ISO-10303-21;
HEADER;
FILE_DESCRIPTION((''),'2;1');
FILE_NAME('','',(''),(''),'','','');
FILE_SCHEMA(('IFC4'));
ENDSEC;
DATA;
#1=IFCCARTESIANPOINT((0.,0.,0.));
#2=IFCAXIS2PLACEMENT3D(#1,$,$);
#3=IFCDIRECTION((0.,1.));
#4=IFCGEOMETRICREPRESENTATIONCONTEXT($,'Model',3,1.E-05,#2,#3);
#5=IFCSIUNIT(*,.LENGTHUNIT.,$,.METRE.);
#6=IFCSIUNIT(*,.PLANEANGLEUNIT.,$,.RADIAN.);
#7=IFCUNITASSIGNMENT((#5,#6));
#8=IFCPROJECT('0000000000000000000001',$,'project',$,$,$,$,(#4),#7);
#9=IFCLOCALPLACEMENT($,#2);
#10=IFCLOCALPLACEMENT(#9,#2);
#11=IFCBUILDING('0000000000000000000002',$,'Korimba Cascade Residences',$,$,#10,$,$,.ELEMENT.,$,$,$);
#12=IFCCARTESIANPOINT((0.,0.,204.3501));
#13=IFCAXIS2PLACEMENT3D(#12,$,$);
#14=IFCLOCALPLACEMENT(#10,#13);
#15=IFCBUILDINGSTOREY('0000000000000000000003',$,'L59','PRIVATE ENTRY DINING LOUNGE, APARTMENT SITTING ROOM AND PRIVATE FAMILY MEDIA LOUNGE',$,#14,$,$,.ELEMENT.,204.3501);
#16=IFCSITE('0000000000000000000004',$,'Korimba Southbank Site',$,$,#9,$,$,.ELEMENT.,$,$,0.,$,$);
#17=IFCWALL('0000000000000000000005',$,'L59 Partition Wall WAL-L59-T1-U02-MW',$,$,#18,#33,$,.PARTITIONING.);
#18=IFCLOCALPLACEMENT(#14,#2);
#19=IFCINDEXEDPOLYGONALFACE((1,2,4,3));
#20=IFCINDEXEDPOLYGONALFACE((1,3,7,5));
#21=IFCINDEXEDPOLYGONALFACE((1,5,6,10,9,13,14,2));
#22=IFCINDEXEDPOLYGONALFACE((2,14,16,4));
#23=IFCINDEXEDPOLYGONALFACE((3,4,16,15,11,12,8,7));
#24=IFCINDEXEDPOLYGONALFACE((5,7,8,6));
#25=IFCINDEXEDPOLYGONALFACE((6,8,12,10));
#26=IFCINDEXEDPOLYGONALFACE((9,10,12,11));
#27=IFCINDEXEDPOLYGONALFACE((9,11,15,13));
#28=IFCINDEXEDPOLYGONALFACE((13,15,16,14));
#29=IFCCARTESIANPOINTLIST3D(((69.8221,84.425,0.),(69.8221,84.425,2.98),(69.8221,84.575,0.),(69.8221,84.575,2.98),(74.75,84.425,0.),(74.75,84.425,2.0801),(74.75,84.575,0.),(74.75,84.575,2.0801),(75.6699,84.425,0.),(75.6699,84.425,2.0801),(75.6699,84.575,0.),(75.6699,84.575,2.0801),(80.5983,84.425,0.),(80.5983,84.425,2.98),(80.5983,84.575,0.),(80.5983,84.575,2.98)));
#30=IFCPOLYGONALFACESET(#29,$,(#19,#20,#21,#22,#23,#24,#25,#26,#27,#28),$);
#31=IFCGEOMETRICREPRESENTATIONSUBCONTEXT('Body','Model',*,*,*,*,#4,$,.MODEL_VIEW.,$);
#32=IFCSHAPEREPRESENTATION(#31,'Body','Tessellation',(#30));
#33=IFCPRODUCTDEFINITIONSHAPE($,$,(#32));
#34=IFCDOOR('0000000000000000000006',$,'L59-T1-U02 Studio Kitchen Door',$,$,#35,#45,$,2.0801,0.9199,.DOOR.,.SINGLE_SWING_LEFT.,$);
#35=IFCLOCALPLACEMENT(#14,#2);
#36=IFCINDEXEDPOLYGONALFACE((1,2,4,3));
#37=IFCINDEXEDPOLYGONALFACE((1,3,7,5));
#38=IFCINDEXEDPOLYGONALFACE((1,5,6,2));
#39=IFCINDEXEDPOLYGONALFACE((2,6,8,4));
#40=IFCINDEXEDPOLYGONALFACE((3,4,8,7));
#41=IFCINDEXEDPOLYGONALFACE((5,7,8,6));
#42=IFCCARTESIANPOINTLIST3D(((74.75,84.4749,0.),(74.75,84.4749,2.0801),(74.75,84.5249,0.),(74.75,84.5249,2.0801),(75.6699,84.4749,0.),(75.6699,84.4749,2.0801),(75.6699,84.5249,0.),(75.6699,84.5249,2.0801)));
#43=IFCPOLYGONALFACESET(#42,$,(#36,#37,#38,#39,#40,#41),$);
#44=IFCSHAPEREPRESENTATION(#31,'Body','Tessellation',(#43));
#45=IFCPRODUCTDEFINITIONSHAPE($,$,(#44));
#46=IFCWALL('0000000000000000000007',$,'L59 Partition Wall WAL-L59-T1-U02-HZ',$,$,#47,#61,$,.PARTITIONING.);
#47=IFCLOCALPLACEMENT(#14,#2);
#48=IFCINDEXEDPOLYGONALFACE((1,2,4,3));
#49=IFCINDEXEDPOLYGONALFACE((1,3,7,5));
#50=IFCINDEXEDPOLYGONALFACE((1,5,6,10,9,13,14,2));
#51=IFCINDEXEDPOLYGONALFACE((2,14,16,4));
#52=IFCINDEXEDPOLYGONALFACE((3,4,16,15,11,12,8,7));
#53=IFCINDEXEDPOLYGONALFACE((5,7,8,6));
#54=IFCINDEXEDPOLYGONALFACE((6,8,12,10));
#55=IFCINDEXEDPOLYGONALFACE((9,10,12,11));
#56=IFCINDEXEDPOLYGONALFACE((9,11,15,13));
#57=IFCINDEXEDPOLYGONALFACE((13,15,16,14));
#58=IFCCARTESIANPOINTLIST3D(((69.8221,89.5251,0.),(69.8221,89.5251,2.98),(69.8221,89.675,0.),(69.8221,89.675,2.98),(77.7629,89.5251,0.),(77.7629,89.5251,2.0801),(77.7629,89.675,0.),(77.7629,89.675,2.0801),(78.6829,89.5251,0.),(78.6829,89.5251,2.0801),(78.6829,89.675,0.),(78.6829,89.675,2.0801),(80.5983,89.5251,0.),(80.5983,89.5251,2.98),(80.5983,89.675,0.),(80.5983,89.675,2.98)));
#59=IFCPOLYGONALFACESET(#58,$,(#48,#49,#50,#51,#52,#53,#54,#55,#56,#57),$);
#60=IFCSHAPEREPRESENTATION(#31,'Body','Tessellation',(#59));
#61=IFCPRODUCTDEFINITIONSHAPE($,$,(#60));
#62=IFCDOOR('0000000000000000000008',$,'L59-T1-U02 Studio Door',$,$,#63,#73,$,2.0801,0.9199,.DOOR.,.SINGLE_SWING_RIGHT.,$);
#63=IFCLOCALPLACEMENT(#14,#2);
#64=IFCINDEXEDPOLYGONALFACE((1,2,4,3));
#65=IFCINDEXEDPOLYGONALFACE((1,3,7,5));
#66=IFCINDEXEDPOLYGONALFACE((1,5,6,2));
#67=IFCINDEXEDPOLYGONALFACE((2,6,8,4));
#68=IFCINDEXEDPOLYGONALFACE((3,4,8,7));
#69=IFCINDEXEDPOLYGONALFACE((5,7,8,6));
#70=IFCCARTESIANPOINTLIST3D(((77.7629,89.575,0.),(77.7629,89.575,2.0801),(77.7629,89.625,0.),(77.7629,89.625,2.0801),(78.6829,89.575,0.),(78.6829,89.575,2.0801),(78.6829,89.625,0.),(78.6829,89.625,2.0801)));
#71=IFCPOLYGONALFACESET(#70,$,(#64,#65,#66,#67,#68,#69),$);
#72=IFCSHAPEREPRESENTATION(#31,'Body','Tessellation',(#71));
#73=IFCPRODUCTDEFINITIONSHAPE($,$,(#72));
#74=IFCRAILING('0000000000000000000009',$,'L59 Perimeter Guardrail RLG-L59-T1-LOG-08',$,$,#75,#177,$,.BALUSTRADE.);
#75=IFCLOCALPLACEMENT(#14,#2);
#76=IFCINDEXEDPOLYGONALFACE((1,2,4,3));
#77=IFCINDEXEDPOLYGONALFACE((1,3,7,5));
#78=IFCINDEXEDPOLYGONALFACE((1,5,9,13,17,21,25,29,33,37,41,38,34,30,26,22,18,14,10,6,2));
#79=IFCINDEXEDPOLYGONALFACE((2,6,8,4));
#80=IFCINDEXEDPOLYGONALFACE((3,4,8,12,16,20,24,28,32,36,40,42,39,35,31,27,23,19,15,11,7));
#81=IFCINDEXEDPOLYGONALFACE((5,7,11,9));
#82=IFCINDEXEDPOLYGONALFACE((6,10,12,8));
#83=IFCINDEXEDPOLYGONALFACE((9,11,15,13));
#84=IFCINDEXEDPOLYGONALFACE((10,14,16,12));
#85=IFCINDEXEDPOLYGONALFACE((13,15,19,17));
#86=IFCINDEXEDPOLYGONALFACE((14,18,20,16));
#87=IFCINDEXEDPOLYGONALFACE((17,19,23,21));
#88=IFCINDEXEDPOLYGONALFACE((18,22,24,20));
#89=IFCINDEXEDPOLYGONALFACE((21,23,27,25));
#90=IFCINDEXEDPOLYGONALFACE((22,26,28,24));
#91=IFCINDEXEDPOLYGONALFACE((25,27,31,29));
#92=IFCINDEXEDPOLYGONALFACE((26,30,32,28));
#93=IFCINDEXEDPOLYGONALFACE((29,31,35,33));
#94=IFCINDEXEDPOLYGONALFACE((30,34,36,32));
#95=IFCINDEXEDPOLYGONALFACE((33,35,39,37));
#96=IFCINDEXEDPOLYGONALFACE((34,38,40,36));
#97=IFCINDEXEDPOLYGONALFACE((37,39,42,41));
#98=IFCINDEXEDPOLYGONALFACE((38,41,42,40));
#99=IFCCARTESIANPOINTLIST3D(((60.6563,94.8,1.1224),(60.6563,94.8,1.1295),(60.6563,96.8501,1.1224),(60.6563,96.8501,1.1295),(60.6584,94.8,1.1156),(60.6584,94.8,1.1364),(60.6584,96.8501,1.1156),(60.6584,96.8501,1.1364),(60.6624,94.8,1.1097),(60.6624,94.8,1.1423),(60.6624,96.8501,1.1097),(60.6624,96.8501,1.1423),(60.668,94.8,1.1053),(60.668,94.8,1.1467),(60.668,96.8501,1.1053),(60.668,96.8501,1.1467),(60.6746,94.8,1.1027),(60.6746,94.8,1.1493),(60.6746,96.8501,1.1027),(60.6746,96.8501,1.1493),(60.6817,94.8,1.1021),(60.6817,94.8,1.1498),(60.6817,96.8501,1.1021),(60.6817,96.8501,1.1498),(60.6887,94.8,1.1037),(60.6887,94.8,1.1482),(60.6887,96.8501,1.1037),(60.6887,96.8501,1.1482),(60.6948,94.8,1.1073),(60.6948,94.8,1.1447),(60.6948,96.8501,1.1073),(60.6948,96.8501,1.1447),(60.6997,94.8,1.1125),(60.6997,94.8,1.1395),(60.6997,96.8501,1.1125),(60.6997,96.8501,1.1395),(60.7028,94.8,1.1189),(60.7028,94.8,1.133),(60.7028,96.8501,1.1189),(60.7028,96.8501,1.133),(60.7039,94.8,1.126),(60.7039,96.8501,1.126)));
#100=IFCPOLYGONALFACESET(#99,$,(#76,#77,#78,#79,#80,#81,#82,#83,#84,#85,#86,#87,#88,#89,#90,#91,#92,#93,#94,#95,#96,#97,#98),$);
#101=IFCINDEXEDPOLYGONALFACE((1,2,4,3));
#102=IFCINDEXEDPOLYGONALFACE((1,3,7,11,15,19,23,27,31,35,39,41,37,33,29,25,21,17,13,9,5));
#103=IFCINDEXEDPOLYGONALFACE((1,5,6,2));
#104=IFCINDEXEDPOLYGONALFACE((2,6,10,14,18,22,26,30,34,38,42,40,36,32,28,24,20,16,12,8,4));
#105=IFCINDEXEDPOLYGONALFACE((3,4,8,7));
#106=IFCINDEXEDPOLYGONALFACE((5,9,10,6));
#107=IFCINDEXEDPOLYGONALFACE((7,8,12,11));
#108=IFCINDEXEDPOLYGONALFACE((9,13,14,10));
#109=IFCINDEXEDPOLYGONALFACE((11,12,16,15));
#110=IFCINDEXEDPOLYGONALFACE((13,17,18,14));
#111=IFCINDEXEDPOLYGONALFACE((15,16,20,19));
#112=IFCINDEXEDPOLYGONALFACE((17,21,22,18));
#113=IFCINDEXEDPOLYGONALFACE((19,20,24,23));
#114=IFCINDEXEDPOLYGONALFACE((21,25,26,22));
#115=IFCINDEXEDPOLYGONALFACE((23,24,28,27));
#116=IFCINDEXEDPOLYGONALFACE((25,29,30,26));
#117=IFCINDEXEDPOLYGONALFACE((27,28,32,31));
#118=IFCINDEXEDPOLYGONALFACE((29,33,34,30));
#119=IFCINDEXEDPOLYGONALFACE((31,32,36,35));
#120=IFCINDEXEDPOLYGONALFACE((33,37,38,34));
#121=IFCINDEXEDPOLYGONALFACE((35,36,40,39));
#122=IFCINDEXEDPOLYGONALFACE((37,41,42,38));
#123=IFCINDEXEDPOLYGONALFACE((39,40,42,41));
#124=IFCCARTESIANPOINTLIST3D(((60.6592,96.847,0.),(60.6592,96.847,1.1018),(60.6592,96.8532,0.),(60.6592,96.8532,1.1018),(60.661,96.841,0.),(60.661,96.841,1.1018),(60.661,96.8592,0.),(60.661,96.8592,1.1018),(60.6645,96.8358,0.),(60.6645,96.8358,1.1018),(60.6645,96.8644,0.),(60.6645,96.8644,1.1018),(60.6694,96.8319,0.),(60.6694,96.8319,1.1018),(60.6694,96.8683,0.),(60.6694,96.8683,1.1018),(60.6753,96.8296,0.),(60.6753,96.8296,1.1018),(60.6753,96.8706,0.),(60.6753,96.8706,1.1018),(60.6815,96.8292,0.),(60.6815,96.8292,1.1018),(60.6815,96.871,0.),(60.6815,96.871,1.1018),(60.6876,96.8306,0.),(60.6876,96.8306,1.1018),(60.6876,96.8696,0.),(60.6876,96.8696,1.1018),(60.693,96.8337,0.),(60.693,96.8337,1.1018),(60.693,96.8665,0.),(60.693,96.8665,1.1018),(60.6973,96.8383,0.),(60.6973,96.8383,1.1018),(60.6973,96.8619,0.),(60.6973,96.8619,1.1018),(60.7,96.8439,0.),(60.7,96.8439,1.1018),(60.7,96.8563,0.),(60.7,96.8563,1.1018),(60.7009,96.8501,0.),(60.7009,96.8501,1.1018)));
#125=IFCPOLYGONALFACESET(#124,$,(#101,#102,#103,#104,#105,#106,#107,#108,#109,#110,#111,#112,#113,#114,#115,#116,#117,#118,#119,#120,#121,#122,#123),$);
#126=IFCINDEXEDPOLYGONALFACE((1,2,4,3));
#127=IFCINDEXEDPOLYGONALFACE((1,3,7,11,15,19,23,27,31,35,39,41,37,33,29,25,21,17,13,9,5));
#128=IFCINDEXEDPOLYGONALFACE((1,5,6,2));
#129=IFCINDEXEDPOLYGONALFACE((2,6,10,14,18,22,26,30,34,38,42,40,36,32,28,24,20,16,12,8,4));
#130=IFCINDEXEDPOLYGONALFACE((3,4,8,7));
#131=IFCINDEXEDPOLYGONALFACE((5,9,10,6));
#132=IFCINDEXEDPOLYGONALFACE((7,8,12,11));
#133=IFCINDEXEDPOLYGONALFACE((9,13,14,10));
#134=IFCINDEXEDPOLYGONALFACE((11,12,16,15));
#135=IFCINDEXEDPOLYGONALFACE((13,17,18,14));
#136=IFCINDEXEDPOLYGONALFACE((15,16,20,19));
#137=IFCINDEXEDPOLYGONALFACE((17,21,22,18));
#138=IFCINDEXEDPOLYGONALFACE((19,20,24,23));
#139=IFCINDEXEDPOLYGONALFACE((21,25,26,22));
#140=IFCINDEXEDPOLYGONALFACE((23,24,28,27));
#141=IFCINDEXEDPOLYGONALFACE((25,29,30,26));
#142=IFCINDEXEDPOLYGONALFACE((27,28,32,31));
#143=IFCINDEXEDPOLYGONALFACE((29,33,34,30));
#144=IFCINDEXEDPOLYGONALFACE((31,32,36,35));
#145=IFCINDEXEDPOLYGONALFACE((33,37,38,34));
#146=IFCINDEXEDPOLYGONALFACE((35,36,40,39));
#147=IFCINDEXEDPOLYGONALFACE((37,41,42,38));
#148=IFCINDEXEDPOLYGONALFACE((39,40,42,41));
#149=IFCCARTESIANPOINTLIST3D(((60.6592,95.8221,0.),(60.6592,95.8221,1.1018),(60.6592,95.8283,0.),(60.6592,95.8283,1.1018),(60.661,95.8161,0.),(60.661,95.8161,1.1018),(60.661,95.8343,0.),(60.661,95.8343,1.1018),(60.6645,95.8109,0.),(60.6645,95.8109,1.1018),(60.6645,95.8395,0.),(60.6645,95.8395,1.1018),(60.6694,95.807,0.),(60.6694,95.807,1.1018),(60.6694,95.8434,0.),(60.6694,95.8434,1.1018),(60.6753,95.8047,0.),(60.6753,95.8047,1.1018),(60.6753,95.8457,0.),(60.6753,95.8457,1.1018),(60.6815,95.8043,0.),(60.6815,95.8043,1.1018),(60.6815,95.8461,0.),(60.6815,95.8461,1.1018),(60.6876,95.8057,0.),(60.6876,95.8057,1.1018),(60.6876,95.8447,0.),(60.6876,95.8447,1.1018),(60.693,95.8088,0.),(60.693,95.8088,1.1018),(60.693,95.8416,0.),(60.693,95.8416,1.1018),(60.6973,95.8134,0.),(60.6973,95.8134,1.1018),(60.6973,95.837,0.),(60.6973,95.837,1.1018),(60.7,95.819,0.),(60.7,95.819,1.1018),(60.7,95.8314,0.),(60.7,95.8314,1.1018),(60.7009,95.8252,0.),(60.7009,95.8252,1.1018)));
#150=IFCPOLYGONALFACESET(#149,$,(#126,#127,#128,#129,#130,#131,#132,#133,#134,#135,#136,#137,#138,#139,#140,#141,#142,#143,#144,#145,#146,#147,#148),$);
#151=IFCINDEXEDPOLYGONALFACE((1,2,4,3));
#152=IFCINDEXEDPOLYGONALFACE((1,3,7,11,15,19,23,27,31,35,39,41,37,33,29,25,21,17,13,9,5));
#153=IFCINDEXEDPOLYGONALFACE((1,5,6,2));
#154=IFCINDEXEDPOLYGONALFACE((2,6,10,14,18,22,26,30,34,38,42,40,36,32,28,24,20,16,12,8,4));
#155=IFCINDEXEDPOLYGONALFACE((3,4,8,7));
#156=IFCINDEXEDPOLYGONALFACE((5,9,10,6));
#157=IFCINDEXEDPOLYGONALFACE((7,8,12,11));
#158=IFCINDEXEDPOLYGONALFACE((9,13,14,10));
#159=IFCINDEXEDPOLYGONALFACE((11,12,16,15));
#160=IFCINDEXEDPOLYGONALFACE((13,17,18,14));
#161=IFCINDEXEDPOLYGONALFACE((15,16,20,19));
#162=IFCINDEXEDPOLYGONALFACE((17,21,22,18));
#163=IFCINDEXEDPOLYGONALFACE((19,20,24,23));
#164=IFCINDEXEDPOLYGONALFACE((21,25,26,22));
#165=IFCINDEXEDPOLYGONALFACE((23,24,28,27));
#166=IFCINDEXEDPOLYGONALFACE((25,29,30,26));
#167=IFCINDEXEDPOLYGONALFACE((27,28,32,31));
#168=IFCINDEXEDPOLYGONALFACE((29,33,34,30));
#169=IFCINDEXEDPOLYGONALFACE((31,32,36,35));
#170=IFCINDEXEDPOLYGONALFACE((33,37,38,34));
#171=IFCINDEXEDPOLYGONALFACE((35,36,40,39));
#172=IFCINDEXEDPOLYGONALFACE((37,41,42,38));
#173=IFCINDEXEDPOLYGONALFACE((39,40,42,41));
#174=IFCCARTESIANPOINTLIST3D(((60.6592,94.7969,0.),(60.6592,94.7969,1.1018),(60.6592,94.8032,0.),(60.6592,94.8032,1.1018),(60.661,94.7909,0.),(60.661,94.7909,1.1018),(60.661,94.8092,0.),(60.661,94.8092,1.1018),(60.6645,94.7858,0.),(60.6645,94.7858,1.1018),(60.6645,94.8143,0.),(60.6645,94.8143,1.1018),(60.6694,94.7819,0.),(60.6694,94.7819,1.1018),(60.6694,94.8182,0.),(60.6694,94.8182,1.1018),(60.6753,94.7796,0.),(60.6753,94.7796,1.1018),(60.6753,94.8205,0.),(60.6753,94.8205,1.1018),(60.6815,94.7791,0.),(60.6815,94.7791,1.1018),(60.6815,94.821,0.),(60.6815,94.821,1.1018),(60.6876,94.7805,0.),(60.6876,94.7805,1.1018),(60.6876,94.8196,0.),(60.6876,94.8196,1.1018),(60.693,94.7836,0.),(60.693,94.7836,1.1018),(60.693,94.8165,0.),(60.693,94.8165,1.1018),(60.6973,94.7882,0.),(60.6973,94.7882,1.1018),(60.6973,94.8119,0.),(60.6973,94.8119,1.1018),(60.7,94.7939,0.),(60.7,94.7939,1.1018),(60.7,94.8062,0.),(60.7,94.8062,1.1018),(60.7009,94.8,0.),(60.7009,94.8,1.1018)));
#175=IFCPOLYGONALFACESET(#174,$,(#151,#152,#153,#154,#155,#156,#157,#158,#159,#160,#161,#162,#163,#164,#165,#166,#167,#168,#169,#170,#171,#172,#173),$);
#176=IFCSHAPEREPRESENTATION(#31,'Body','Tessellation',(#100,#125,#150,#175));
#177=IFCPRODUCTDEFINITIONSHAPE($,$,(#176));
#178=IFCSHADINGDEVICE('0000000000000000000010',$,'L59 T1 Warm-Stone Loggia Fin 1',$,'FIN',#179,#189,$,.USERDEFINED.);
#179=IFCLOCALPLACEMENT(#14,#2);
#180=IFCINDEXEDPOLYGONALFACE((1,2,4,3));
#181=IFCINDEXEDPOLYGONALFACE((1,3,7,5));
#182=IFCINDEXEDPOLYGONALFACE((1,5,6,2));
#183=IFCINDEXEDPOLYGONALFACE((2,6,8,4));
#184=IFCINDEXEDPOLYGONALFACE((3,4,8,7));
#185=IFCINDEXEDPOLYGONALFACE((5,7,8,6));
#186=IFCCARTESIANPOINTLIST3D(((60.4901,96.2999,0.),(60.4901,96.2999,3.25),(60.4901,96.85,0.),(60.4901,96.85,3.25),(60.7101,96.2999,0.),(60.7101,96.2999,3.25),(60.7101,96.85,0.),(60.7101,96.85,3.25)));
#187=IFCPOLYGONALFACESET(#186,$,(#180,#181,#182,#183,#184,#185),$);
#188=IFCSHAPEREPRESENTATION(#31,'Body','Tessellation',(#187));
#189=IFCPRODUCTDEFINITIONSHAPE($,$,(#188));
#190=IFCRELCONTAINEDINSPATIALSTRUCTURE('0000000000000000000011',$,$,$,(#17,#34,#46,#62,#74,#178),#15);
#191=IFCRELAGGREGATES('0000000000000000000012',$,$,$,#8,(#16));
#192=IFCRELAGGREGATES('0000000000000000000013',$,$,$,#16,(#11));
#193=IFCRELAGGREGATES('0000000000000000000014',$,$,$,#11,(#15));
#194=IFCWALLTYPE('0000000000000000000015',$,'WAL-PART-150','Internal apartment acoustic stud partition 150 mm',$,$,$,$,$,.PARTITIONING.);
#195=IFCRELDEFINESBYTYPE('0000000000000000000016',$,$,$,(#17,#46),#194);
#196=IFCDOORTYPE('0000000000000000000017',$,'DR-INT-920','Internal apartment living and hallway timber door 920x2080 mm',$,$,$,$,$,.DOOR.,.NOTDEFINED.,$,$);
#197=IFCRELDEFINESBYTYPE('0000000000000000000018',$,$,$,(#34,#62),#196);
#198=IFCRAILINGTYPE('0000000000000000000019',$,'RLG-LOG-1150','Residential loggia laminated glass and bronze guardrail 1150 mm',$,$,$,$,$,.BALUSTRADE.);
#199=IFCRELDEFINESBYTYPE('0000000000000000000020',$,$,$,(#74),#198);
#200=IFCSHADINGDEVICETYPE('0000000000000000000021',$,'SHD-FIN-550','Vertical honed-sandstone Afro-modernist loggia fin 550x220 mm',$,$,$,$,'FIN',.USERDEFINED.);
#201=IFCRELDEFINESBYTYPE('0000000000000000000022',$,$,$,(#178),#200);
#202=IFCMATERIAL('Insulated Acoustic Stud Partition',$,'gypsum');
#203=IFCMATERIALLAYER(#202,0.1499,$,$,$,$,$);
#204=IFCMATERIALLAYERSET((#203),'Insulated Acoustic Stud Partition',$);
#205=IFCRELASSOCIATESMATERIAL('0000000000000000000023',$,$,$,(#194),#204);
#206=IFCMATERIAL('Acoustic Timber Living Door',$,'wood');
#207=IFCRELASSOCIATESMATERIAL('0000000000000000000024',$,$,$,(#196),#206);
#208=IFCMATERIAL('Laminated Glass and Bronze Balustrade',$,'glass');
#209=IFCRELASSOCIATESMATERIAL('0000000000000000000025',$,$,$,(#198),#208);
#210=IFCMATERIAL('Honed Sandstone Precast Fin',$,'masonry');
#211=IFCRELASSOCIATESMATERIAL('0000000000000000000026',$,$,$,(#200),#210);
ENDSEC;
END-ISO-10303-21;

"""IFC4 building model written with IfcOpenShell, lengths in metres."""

from ifc_helpers import new_model, si_unit, direction, frame, frame_2d, origin, origin_2d, place, context, subcontext, project, spatial, rectangle, circle, extrude, material, layer, layer_set, type_object, element, fill, save


model = new_model("IFC4")

# Units and contexts
model_context = context("Model", 3, precision=1e-05, world=origin(), true_north=direction((0.0, 1.0)))
body_context = subcontext(model_context, "Body", "Model", "MODEL_VIEW")
ifc_project = project(units=[si_unit("LENGTHUNIT", "METRE"), si_unit("PLANEANGLEUNIT", "RADIAN")], contexts=[model_context])

# Site, building, storey
site_placement = place(None, origin())
site = spatial("IfcSite", under=ifc_project, at=site_placement, Name="Korimba Southbank Site", CompositionType="ELEMENT", RefElevation=0.0)
building_placement = place(site_placement, origin())
building = spatial("IfcBuilding", under=site, at=building_placement, Name="Korimba Cascade Residences", CompositionType="ELEMENT")
storey_placement = place(building_placement, frame((0.0, 0.0, 204.3501)))
storey = spatial("IfcBuildingStorey", under=building, at=storey_placement, Name="L59", Description="PRIVATE ENTRY DINING LOUNGE, APARTMENT SITTING ROOM AND PRIVATE FAMILY MEDIA LOUNGE", CompositionType="ELEMENT", Elevation=204.3501)

# Walls, openings, doors
ifc_material_1 = material(Name="Insulated Acoustic Stud Partition", Category="gypsum")
ifc_layer_1 = layer(ifc_material_1, 0.1499)
ifc_layer_set_1 = layer_set([ifc_layer_1], Name="Insulated Acoustic Stud Partition")
wall_type_1 = type_object("IfcWallType", Name="WAL-PART-150", Description="Internal apartment acoustic stud partition 150 mm", PredefinedType="PARTITIONING", material=ifc_layer_set_1)
ifc_material_2 = material(Name="Acoustic Timber Living Door", Category="wood")
door_type_1 = type_object("IfcDoorType", Name="DR-INT-920", Description="Internal apartment living and hallway timber door 920x2080 mm", OperationType="NOTDEFINED", PredefinedType="DOOR", material=ifc_material_2)
wall_1_placement = place(storey_placement, frame((69.822, 84.5, 0.0), z_axis=(0.0, 0.0, 1.0), x_axis=(1.0, 0.0, 0.0)))
wall_1 = element("IfcWall", 1, at=wall_1_placement, inside=storey, type_object=wall_type_1, Name="L59 Partition Wall WAL-L59-T1-U02-MW", PredefinedType="PARTITIONING", context=body_context, shape_type="SweptSolid", body=[
    extrude(rectangle(XDim=10.7761, YDim=0.1499, at=frame_2d((5.3882, 0.0))), origin(), (0.0, 0.0, 1.0), 2.98),
])
opening_1_placement = place(wall_1_placement, frame((4.928, 0.0, 0.0)))
opening_1 = element("IfcOpeningElement", 2, at=opening_1_placement, cuts=wall_1, PredefinedType="OPENING", context=body_context, shape_type="SweptSolid", body=[
    extrude(rectangle(XDim=0.9199, YDim=2.0801, at=frame_2d((0.46, 1.04))), frame((0.0, 0.085, 0.0), z_axis=(0.0, -1.0, 0.0), x_axis=(1.0, 0.0, 0.0)), (0.0, 0.0, 1.0), 0.1699),
])
door_1_placement = place(opening_1_placement, origin())
door_1 = element("IfcDoor", 3, at=door_1_placement, inside=storey, type_object=door_type_1, Name="L59-T1-U02 Studio Kitchen Door", OperationType="SINGLE_SWING_LEFT", OverallHeight=2.0801, OverallWidth=0.9199, PredefinedType="DOOR", context=body_context, shape_type="SweptSolid", body=[
    extrude(rectangle(XDim=0.9199, YDim=2.0801, at=frame_2d((0.46, 1.04))), frame((0.0, 0.0249, 0.0), z_axis=(0.0, -1.0, 0.0), x_axis=(1.0, 0.0, 0.0)), (0.0, 0.0, 1.0), 0.05),
])
fill(opening_1, door_1)
wall_2_placement = place(storey_placement, frame((69.822, 89.6001, 0.0), z_axis=(0.0, 0.0, 1.0), x_axis=(1.0, 0.0, 0.0)))
wall_2 = element("IfcWall", 4, at=wall_2_placement, inside=storey, type_object=wall_type_1, Name="L59 Partition Wall WAL-L59-T1-U02-HZ", PredefinedType="PARTITIONING", context=body_context, shape_type="SweptSolid", body=[
    extrude(rectangle(XDim=10.7761, YDim=0.1499, at=frame_2d((5.3882, 0.0))), origin(), (0.0, 0.0, 1.0), 2.98),
])
opening_2_placement = place(wall_2_placement, frame((7.9409, 0.0, 0.0)))
opening_2 = element("IfcOpeningElement", 5, at=opening_2_placement, cuts=wall_2, PredefinedType="OPENING", context=body_context, shape_type="SweptSolid", body=[
    extrude(rectangle(XDim=0.9199, YDim=2.0801, at=frame_2d((0.46, 1.04))), frame((0.0, 0.085, 0.0), z_axis=(0.0, -1.0, 0.0), x_axis=(1.0, 0.0, 0.0)), (0.0, 0.0, 1.0), 0.1699),
])
door_2_placement = place(opening_2_placement, origin())
door_2 = element("IfcDoor", 6, at=door_2_placement, inside=storey, type_object=door_type_1, Name="L59-T1-U02 Studio Door", OperationType="SINGLE_SWING_RIGHT", OverallHeight=2.0801, OverallWidth=0.9199, PredefinedType="DOOR", context=body_context, shape_type="SweptSolid", body=[
    extrude(rectangle(XDim=0.9199, YDim=2.0801, at=frame_2d((0.46, 1.04))), frame((0.0, 0.0249, 0.0), z_axis=(0.0, -1.0, 0.0), x_axis=(1.0, 0.0, 0.0)), (0.0, 0.0, 1.0), 0.05),
])
fill(opening_2, door_2)

# Railing
ifc_material_3 = material(Name="Laminated Glass and Bronze Balustrade", Category="glass")
railing_type = type_object("IfcRailingType", Name="RLG-LOG-1150", Description="Residential loggia laminated glass and bronze guardrail 1150 mm", PredefinedType="BALUSTRADE", material=ifc_material_3)
railing_1_placement = place(storey_placement, frame((60.6799, 96.8501, 0.0)))
element("IfcRailing", 7, at=railing_1_placement, inside=storey, type_object=railing_type, Name="L59 Perimeter Guardrail RLG-L59-T1-LOG-08", PredefinedType="BALUSTRADE", context=body_context, shape_type="SweptSolid", body=[
    extrude(circle(Radius=0.0239, at=origin_2d()), frame((0.0, 0.0, 1.126), z_axis=(0.0, -1.0, 0.0), x_axis=(1.0, 0.0, 0.0)), (0.0, 0.0, 1.0), 2.05),
    extrude(circle(Radius=0.021, at=origin_2d()), origin(), (0.0, 0.0, 1.0), 1.1018),
    extrude(circle(Radius=0.021, at=origin_2d()), frame((0.0, -1.0249, 0.0)), (0.0, 0.0, 1.0), 1.1018),
    extrude(circle(Radius=0.021, at=origin_2d()), frame((0.0, -2.05, 0.0)), (0.0, 0.0, 1.0), 1.1018),
])

# Shading device
ifc_material_4 = material(Name="Honed Sandstone Precast Fin", Category="masonry")
shading_device_type = type_object("IfcShadingDeviceType", Name="SHD-FIN-550", Description="Vertical honed-sandstone Afro-modernist loggia fin 550x220 mm", ElementType="FIN", PredefinedType="USERDEFINED", material=ifc_material_4)
for number, where, z_axis, x_axis, name in (
    (8, (60.6001, 96.575, 0.0), (0.0, 0.0, 1.0), (1.0, 0.0, 0.0), "L59 T1 Warm-Stone Loggia Fin 1"),
):
    element("IfcShadingDevice", number, at=place(storey_placement, frame(where, z_axis=z_axis, x_axis=x_axis)), inside=storey, type_object=shading_device_type, Name=name, ObjectType="FIN", PredefinedType="USERDEFINED", context=body_context, shape_type="SweptSolid", body=[
        extrude(rectangle(XDim=0.22, YDim=0.55, at=origin_2d()), origin(), (0.0, 0.0, 1.0), 3.25),
    ])

save(model, "model.ifc")
